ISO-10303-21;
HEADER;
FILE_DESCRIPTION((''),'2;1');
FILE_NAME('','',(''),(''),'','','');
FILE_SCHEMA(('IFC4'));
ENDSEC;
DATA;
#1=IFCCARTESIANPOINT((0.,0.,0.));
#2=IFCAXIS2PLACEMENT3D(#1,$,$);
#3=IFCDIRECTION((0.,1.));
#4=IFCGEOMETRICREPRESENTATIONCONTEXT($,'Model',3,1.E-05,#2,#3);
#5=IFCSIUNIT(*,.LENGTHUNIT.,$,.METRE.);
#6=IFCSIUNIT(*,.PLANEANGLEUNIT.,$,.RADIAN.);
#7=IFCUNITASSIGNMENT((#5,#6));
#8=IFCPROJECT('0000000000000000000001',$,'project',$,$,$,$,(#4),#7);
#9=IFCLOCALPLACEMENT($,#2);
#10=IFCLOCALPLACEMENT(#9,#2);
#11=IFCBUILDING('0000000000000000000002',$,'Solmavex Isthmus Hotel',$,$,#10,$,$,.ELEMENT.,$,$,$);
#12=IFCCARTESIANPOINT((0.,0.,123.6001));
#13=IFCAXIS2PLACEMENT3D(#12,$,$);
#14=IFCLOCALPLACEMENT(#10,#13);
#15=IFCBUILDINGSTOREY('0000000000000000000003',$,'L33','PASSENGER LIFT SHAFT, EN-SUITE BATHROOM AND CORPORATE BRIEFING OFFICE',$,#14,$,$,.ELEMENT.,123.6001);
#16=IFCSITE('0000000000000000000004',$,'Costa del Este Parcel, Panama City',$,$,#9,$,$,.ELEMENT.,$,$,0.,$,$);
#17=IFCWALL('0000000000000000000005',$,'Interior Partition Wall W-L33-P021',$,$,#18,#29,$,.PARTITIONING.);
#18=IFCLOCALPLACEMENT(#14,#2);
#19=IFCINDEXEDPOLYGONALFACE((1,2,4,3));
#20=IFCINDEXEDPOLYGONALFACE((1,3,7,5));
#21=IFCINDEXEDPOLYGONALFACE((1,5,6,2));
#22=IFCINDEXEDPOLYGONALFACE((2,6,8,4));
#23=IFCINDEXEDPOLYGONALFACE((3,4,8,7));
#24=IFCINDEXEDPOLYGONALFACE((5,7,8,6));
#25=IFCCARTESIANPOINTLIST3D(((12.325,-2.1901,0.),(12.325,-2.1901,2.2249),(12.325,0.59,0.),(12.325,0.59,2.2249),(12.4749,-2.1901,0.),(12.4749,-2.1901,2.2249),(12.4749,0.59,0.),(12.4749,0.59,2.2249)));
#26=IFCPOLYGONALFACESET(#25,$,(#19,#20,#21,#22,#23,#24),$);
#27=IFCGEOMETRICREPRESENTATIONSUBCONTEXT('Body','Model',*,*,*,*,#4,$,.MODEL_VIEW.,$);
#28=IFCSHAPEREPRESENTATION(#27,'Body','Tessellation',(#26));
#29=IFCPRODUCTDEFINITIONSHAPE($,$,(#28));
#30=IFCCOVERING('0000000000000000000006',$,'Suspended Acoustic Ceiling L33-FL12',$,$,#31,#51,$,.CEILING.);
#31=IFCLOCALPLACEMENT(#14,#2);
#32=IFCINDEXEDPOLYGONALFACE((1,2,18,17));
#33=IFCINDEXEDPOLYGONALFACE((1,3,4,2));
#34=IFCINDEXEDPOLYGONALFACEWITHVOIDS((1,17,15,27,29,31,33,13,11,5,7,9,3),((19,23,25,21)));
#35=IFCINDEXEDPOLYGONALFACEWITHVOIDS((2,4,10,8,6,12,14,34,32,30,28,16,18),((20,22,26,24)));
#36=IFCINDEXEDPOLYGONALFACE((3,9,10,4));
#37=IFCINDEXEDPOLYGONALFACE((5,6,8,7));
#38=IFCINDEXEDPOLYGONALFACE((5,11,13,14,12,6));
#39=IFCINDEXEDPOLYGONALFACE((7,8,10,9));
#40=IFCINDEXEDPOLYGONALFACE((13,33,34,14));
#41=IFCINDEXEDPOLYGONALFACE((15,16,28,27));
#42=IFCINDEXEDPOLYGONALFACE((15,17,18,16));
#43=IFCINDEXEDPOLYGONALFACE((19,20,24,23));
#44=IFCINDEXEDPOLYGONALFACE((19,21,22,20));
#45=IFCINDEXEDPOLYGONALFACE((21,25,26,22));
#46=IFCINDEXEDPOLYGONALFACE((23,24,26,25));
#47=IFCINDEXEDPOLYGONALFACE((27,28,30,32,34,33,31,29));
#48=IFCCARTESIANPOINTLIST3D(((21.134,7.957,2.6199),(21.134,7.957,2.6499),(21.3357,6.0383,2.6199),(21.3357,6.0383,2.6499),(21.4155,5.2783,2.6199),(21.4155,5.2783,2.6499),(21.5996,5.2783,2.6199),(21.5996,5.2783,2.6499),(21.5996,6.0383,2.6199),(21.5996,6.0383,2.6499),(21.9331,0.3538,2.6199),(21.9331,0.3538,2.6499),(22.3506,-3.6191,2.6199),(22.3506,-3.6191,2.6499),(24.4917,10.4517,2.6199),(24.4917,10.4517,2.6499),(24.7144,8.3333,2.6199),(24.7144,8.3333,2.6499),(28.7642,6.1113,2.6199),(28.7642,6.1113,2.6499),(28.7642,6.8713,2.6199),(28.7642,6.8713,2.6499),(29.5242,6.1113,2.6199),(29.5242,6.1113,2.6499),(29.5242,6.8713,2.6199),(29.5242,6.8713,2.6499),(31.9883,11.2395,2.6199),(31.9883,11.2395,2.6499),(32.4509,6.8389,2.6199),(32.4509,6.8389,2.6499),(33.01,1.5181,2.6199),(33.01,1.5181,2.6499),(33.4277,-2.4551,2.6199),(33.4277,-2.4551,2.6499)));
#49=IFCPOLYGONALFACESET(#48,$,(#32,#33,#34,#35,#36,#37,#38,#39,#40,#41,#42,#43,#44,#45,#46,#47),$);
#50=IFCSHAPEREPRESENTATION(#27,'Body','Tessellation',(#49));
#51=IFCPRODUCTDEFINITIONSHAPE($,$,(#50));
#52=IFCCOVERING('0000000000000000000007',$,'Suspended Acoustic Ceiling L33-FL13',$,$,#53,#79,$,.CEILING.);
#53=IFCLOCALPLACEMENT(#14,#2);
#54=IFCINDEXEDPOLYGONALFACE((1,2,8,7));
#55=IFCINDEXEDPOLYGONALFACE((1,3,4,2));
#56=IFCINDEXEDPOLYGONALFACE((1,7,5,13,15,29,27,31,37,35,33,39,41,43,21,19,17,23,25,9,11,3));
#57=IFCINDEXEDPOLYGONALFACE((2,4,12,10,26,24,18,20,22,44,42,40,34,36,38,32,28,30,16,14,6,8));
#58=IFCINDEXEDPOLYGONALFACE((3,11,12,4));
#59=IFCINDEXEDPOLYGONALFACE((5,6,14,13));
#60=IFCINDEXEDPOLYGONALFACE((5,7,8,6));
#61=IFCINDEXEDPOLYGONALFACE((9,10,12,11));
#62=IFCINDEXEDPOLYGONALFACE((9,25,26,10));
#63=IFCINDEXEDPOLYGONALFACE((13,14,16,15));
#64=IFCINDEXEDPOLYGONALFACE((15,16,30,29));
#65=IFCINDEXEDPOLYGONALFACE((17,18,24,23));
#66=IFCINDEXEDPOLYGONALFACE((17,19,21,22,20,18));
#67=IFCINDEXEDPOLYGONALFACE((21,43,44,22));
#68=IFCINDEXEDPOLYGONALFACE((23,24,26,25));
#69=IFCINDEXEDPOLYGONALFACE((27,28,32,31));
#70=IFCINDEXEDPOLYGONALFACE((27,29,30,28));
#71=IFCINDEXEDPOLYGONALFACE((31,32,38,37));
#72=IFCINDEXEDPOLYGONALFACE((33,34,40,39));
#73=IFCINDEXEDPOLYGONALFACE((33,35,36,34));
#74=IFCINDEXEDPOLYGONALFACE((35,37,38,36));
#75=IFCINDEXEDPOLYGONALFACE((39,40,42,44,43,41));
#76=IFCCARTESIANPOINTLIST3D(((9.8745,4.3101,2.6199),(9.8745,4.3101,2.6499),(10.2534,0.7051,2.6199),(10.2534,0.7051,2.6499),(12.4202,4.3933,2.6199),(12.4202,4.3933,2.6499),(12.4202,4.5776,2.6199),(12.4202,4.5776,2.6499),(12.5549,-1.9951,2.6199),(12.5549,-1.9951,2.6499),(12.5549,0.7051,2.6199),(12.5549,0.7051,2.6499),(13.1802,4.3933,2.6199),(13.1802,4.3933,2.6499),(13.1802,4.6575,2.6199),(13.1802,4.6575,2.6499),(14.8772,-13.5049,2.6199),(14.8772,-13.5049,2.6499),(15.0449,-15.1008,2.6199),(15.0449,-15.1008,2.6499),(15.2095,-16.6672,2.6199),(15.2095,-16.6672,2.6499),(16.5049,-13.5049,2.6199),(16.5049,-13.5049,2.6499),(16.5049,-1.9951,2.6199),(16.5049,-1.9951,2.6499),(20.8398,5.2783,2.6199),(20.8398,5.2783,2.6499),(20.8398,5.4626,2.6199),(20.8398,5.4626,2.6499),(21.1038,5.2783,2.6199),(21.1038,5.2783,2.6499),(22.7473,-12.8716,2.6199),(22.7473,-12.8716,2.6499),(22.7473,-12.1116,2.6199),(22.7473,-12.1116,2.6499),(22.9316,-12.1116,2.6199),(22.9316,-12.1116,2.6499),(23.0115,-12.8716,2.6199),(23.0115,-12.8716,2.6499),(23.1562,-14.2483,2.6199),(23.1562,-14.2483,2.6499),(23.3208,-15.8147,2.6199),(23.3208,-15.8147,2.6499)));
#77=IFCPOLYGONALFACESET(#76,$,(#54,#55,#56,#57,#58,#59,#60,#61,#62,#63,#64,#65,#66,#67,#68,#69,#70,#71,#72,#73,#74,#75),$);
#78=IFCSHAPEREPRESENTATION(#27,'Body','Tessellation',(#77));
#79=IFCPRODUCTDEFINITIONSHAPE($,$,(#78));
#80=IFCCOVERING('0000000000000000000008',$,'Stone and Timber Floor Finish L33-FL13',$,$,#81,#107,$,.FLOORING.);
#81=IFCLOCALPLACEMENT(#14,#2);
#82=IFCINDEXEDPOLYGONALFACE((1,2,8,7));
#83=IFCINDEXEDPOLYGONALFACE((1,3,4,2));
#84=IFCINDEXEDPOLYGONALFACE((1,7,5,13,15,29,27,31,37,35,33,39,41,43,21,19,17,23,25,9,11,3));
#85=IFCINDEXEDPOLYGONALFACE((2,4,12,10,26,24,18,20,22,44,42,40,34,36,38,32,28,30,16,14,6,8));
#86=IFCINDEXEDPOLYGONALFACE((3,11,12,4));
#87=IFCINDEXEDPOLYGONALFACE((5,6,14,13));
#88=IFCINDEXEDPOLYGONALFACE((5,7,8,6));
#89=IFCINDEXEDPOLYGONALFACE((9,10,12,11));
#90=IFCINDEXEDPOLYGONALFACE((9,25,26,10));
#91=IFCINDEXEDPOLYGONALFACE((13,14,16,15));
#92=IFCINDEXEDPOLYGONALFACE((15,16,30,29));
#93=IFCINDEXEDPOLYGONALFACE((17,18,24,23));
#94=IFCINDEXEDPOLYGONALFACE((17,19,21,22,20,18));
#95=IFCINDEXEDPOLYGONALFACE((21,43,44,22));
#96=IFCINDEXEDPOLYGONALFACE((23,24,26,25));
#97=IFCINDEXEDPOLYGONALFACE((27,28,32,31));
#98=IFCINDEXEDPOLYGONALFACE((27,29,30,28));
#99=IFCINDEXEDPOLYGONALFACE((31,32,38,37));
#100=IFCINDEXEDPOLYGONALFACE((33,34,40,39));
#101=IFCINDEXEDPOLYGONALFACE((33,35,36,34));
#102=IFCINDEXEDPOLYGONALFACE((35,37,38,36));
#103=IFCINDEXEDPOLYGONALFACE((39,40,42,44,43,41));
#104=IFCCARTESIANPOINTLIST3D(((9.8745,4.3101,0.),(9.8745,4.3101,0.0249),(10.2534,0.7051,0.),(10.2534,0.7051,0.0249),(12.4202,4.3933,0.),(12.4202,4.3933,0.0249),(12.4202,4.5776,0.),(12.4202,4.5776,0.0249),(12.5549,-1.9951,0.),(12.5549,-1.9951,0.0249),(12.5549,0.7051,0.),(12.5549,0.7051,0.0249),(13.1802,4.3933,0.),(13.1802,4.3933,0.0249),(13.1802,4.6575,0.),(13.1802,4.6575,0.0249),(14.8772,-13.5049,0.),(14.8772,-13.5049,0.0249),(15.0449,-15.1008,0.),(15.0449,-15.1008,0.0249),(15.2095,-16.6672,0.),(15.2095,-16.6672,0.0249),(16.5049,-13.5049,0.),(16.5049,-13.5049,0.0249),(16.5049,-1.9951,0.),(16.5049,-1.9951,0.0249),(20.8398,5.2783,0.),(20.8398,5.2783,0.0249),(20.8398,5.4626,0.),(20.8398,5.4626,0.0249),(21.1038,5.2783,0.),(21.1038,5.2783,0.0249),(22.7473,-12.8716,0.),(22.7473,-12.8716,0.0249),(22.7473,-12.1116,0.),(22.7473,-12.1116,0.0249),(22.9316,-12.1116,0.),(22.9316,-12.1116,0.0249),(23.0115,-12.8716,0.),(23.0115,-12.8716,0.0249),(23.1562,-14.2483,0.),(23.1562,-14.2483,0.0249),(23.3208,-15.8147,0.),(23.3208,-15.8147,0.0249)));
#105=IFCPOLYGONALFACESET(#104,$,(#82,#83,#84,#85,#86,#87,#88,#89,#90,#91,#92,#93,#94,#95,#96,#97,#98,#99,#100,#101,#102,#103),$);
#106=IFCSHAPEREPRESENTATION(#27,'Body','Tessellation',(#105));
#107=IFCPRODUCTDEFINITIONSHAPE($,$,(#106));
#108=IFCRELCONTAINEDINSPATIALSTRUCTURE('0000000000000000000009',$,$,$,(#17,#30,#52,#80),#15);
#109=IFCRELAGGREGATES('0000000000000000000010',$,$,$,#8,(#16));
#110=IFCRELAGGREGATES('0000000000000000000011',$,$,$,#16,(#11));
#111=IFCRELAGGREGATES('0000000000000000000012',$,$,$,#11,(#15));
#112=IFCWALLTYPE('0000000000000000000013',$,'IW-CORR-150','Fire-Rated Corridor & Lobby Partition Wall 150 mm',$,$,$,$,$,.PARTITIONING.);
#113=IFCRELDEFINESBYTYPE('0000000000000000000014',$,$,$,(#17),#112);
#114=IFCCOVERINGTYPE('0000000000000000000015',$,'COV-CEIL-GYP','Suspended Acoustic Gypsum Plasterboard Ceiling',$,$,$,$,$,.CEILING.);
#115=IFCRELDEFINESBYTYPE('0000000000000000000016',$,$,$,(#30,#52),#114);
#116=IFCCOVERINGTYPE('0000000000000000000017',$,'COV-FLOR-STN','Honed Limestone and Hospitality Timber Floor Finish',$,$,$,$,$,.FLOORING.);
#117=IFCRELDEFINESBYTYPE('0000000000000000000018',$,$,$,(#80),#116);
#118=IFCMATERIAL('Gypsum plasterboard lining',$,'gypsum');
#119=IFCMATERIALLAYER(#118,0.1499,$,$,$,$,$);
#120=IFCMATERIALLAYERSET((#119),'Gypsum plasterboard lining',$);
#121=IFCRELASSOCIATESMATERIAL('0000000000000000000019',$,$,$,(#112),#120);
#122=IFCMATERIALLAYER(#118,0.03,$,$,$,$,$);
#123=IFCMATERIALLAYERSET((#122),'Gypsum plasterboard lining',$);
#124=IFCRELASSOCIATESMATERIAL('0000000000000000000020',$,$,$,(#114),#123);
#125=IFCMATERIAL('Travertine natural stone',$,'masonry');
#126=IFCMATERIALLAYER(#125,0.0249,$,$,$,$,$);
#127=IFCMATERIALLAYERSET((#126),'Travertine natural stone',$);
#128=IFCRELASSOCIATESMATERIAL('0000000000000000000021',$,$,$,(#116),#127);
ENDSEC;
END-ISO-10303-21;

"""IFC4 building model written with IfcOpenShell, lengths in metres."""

from ifc_helpers import new_model, si_unit, direction, frame, frame_2d, origin, place, context, subcontext, project, spatial, polyline, rectangle, outline, extrude, material, layer, layer_set, type_object, element, save


model = new_model("IFC4")

# Units and contexts
model_context = context("Model", 3, precision=1e-05, world=origin(), true_north=direction((0.0, 1.0)))
body_context = subcontext(model_context, "Body", "Model", "MODEL_VIEW")
ifc_project = project(units=[si_unit("LENGTHUNIT", "METRE"), si_unit("PLANEANGLEUNIT", "RADIAN")], contexts=[model_context])

# Site, building, storey
site_placement = place(None, origin())
site = spatial("IfcSite", under=ifc_project, at=site_placement, Name="Costa del Este Parcel, Panama City", CompositionType="ELEMENT", RefElevation=0.0)
building_placement = place(site_placement, origin())
building = spatial("IfcBuilding", under=site, at=building_placement, Name="Solmavex Isthmus Hotel", CompositionType="ELEMENT")
storey_placement = place(building_placement, frame((0.0, 0.0, 123.6001)))
storey = spatial("IfcBuildingStorey", under=building, at=storey_placement, Name="L33", Description="PASSENGER LIFT SHAFT, EN-SUITE BATHROOM AND CORPORATE BRIEFING OFFICE", CompositionType="ELEMENT", Elevation=123.6001)

# Shared definitions
ifc_material_1 = material(Name="Gypsum plasterboard lining", Category="gypsum")
ifc_layer_1 = layer(ifc_material_1, 0.1499)
ifc_layer_set_1 = layer_set([ifc_layer_1], Name="Gypsum plasterboard lining")
wall_type_1 = type_object("IfcWallType", Name="IW-CORR-150", Description="Fire-Rated Corridor & Lobby Partition Wall 150 mm", PredefinedType="PARTITIONING", material=ifc_layer_set_1)

# Wall
wall_1_placement = place(storey_placement, frame((12.3999, 0.5901, 0.0), z_axis=(0.0, 0.0, 1.0), x_axis=(0.0, -1.0, 0.0)))
element("IfcWall", 1, at=wall_1_placement, inside=storey, type_object=wall_type_1, Name="Interior Partition Wall W-L33-P021", PredefinedType="PARTITIONING", context=body_context, shape_type="SweptSolid", body=[
    extrude(rectangle(XDim=2.78, YDim=0.1499, at=frame_2d((1.3901, 0.0))), origin(), (0.0, 0.0, 1.0), 2.2249),
])

# Coverings
ifc_layer_2 = layer(ifc_material_1, 0.03)
ifc_layer_set_2 = layer_set([ifc_layer_2], Name="Gypsum plasterboard lining")
covering_type_1 = type_object("IfcCoveringType", Name="COV-CEIL-GYP", Description="Suspended Acoustic Gypsum Plasterboard Ceiling", PredefinedType="CEILING", material=ifc_layer_set_2)
covering_1_placement = place(storey_placement, frame((0.0, 0.0, 2.6199)))
element("IfcCovering", 2, at=covering_1_placement, inside=storey, type_object=covering_type_1, Name="Suspended Acoustic Ceiling L33-FL12", PredefinedType="CEILING", context=body_context, shape_type="SweptSolid", body=[
    extrude(outline(polyline([(21.3357, 6.0383), (21.5996, 6.0383), (21.5996, 5.2783), (21.4155, 5.2783), (21.9331, 0.3538), (22.3506, -3.6191), (33.4277, -2.4551), (33.01, 1.5181), (32.4509, 6.8389), (31.9883, 11.2395), (24.4917, 10.4517), (24.7144, 8.3333), (21.134, 7.957), (21.3357, 6.0383)]), holes=[polyline([(28.7642, 6.1113), (28.7642, 6.8713), (29.5242, 6.8713), (29.5242, 6.1113), (28.7642, 6.1113)])]), origin(), (0.0, 0.0, 1.0), 0.03),
])
covering_2_placement = place(storey_placement, frame((0.0, 0.0, 2.6199)))
element("IfcCovering", 3, at=covering_2_placement, inside=storey, type_object=covering_type_1, Name="Suspended Acoustic Ceiling L33-FL13", PredefinedType="CEILING", context=body_context, shape_type="SweptSolid", body=[
    extrude(outline(polyline([(13.1802, 4.6575), (13.1802, 4.3933), (12.4202, 4.3933), (12.4202, 4.5776), (9.8745, 4.3101), (10.2534, 0.7051), (12.5549, 0.7051), (12.5549, -1.9951), (16.5049, -1.9951), (16.5049, -13.5049), (14.8772, -13.5049), (15.0449, -15.1008), (15.2095, -16.6672), (23.3208, -15.8147), (23.1562, -14.2483), (23.0115, -12.8716), (22.7473, -12.8716), (22.7473, -12.1116), (22.9316, -12.1116), (21.1038, 5.2783), (20.8398, 5.2783), (20.8398, 5.4626), (13.1802, 4.6575)])), origin(), (0.0, 0.0, 1.0), 0.03),
])
ifc_material_2 = material(Name="Travertine natural stone", Category="masonry")
ifc_layer_3 = layer(ifc_material_2, 0.0249)
ifc_layer_set_3 = layer_set([ifc_layer_3], Name="Travertine natural stone")
covering_type_2 = type_object("IfcCoveringType", Name="COV-FLOR-STN", Description="Honed Limestone and Hospitality Timber Floor Finish", PredefinedType="FLOORING", material=ifc_layer_set_3)
covering_3_placement = place(storey_placement, origin())
element("IfcCovering", 4, at=covering_3_placement, inside=storey, type_object=covering_type_2, Name="Stone and Timber Floor Finish L33-FL13", PredefinedType="FLOORING", context=body_context, shape_type="SweptSolid", body=[
    extrude(outline(polyline([(13.1802, 4.6575), (13.1802, 4.3933), (12.4202, 4.3933), (12.4202, 4.5776), (9.8745, 4.3101), (10.2534, 0.7051), (12.5549, 0.7051), (12.5549, -1.9951), (16.5049, -1.9951), (16.5049, -13.5049), (14.8772, -13.5049), (15.0449, -15.1008), (15.2095, -16.6672), (23.3208, -15.8147), (23.1562, -14.2483), (23.0115, -12.8716), (22.7473, -12.8716), (22.7473, -12.1116), (22.9316, -12.1116), (21.1038, 5.2783), (20.8398, 5.2783), (20.8398, 5.4626), (13.1802, 4.6575)])), origin(), (0.0, 0.0, 1.0), 0.0249),
])

save(model, "model.ifc")
